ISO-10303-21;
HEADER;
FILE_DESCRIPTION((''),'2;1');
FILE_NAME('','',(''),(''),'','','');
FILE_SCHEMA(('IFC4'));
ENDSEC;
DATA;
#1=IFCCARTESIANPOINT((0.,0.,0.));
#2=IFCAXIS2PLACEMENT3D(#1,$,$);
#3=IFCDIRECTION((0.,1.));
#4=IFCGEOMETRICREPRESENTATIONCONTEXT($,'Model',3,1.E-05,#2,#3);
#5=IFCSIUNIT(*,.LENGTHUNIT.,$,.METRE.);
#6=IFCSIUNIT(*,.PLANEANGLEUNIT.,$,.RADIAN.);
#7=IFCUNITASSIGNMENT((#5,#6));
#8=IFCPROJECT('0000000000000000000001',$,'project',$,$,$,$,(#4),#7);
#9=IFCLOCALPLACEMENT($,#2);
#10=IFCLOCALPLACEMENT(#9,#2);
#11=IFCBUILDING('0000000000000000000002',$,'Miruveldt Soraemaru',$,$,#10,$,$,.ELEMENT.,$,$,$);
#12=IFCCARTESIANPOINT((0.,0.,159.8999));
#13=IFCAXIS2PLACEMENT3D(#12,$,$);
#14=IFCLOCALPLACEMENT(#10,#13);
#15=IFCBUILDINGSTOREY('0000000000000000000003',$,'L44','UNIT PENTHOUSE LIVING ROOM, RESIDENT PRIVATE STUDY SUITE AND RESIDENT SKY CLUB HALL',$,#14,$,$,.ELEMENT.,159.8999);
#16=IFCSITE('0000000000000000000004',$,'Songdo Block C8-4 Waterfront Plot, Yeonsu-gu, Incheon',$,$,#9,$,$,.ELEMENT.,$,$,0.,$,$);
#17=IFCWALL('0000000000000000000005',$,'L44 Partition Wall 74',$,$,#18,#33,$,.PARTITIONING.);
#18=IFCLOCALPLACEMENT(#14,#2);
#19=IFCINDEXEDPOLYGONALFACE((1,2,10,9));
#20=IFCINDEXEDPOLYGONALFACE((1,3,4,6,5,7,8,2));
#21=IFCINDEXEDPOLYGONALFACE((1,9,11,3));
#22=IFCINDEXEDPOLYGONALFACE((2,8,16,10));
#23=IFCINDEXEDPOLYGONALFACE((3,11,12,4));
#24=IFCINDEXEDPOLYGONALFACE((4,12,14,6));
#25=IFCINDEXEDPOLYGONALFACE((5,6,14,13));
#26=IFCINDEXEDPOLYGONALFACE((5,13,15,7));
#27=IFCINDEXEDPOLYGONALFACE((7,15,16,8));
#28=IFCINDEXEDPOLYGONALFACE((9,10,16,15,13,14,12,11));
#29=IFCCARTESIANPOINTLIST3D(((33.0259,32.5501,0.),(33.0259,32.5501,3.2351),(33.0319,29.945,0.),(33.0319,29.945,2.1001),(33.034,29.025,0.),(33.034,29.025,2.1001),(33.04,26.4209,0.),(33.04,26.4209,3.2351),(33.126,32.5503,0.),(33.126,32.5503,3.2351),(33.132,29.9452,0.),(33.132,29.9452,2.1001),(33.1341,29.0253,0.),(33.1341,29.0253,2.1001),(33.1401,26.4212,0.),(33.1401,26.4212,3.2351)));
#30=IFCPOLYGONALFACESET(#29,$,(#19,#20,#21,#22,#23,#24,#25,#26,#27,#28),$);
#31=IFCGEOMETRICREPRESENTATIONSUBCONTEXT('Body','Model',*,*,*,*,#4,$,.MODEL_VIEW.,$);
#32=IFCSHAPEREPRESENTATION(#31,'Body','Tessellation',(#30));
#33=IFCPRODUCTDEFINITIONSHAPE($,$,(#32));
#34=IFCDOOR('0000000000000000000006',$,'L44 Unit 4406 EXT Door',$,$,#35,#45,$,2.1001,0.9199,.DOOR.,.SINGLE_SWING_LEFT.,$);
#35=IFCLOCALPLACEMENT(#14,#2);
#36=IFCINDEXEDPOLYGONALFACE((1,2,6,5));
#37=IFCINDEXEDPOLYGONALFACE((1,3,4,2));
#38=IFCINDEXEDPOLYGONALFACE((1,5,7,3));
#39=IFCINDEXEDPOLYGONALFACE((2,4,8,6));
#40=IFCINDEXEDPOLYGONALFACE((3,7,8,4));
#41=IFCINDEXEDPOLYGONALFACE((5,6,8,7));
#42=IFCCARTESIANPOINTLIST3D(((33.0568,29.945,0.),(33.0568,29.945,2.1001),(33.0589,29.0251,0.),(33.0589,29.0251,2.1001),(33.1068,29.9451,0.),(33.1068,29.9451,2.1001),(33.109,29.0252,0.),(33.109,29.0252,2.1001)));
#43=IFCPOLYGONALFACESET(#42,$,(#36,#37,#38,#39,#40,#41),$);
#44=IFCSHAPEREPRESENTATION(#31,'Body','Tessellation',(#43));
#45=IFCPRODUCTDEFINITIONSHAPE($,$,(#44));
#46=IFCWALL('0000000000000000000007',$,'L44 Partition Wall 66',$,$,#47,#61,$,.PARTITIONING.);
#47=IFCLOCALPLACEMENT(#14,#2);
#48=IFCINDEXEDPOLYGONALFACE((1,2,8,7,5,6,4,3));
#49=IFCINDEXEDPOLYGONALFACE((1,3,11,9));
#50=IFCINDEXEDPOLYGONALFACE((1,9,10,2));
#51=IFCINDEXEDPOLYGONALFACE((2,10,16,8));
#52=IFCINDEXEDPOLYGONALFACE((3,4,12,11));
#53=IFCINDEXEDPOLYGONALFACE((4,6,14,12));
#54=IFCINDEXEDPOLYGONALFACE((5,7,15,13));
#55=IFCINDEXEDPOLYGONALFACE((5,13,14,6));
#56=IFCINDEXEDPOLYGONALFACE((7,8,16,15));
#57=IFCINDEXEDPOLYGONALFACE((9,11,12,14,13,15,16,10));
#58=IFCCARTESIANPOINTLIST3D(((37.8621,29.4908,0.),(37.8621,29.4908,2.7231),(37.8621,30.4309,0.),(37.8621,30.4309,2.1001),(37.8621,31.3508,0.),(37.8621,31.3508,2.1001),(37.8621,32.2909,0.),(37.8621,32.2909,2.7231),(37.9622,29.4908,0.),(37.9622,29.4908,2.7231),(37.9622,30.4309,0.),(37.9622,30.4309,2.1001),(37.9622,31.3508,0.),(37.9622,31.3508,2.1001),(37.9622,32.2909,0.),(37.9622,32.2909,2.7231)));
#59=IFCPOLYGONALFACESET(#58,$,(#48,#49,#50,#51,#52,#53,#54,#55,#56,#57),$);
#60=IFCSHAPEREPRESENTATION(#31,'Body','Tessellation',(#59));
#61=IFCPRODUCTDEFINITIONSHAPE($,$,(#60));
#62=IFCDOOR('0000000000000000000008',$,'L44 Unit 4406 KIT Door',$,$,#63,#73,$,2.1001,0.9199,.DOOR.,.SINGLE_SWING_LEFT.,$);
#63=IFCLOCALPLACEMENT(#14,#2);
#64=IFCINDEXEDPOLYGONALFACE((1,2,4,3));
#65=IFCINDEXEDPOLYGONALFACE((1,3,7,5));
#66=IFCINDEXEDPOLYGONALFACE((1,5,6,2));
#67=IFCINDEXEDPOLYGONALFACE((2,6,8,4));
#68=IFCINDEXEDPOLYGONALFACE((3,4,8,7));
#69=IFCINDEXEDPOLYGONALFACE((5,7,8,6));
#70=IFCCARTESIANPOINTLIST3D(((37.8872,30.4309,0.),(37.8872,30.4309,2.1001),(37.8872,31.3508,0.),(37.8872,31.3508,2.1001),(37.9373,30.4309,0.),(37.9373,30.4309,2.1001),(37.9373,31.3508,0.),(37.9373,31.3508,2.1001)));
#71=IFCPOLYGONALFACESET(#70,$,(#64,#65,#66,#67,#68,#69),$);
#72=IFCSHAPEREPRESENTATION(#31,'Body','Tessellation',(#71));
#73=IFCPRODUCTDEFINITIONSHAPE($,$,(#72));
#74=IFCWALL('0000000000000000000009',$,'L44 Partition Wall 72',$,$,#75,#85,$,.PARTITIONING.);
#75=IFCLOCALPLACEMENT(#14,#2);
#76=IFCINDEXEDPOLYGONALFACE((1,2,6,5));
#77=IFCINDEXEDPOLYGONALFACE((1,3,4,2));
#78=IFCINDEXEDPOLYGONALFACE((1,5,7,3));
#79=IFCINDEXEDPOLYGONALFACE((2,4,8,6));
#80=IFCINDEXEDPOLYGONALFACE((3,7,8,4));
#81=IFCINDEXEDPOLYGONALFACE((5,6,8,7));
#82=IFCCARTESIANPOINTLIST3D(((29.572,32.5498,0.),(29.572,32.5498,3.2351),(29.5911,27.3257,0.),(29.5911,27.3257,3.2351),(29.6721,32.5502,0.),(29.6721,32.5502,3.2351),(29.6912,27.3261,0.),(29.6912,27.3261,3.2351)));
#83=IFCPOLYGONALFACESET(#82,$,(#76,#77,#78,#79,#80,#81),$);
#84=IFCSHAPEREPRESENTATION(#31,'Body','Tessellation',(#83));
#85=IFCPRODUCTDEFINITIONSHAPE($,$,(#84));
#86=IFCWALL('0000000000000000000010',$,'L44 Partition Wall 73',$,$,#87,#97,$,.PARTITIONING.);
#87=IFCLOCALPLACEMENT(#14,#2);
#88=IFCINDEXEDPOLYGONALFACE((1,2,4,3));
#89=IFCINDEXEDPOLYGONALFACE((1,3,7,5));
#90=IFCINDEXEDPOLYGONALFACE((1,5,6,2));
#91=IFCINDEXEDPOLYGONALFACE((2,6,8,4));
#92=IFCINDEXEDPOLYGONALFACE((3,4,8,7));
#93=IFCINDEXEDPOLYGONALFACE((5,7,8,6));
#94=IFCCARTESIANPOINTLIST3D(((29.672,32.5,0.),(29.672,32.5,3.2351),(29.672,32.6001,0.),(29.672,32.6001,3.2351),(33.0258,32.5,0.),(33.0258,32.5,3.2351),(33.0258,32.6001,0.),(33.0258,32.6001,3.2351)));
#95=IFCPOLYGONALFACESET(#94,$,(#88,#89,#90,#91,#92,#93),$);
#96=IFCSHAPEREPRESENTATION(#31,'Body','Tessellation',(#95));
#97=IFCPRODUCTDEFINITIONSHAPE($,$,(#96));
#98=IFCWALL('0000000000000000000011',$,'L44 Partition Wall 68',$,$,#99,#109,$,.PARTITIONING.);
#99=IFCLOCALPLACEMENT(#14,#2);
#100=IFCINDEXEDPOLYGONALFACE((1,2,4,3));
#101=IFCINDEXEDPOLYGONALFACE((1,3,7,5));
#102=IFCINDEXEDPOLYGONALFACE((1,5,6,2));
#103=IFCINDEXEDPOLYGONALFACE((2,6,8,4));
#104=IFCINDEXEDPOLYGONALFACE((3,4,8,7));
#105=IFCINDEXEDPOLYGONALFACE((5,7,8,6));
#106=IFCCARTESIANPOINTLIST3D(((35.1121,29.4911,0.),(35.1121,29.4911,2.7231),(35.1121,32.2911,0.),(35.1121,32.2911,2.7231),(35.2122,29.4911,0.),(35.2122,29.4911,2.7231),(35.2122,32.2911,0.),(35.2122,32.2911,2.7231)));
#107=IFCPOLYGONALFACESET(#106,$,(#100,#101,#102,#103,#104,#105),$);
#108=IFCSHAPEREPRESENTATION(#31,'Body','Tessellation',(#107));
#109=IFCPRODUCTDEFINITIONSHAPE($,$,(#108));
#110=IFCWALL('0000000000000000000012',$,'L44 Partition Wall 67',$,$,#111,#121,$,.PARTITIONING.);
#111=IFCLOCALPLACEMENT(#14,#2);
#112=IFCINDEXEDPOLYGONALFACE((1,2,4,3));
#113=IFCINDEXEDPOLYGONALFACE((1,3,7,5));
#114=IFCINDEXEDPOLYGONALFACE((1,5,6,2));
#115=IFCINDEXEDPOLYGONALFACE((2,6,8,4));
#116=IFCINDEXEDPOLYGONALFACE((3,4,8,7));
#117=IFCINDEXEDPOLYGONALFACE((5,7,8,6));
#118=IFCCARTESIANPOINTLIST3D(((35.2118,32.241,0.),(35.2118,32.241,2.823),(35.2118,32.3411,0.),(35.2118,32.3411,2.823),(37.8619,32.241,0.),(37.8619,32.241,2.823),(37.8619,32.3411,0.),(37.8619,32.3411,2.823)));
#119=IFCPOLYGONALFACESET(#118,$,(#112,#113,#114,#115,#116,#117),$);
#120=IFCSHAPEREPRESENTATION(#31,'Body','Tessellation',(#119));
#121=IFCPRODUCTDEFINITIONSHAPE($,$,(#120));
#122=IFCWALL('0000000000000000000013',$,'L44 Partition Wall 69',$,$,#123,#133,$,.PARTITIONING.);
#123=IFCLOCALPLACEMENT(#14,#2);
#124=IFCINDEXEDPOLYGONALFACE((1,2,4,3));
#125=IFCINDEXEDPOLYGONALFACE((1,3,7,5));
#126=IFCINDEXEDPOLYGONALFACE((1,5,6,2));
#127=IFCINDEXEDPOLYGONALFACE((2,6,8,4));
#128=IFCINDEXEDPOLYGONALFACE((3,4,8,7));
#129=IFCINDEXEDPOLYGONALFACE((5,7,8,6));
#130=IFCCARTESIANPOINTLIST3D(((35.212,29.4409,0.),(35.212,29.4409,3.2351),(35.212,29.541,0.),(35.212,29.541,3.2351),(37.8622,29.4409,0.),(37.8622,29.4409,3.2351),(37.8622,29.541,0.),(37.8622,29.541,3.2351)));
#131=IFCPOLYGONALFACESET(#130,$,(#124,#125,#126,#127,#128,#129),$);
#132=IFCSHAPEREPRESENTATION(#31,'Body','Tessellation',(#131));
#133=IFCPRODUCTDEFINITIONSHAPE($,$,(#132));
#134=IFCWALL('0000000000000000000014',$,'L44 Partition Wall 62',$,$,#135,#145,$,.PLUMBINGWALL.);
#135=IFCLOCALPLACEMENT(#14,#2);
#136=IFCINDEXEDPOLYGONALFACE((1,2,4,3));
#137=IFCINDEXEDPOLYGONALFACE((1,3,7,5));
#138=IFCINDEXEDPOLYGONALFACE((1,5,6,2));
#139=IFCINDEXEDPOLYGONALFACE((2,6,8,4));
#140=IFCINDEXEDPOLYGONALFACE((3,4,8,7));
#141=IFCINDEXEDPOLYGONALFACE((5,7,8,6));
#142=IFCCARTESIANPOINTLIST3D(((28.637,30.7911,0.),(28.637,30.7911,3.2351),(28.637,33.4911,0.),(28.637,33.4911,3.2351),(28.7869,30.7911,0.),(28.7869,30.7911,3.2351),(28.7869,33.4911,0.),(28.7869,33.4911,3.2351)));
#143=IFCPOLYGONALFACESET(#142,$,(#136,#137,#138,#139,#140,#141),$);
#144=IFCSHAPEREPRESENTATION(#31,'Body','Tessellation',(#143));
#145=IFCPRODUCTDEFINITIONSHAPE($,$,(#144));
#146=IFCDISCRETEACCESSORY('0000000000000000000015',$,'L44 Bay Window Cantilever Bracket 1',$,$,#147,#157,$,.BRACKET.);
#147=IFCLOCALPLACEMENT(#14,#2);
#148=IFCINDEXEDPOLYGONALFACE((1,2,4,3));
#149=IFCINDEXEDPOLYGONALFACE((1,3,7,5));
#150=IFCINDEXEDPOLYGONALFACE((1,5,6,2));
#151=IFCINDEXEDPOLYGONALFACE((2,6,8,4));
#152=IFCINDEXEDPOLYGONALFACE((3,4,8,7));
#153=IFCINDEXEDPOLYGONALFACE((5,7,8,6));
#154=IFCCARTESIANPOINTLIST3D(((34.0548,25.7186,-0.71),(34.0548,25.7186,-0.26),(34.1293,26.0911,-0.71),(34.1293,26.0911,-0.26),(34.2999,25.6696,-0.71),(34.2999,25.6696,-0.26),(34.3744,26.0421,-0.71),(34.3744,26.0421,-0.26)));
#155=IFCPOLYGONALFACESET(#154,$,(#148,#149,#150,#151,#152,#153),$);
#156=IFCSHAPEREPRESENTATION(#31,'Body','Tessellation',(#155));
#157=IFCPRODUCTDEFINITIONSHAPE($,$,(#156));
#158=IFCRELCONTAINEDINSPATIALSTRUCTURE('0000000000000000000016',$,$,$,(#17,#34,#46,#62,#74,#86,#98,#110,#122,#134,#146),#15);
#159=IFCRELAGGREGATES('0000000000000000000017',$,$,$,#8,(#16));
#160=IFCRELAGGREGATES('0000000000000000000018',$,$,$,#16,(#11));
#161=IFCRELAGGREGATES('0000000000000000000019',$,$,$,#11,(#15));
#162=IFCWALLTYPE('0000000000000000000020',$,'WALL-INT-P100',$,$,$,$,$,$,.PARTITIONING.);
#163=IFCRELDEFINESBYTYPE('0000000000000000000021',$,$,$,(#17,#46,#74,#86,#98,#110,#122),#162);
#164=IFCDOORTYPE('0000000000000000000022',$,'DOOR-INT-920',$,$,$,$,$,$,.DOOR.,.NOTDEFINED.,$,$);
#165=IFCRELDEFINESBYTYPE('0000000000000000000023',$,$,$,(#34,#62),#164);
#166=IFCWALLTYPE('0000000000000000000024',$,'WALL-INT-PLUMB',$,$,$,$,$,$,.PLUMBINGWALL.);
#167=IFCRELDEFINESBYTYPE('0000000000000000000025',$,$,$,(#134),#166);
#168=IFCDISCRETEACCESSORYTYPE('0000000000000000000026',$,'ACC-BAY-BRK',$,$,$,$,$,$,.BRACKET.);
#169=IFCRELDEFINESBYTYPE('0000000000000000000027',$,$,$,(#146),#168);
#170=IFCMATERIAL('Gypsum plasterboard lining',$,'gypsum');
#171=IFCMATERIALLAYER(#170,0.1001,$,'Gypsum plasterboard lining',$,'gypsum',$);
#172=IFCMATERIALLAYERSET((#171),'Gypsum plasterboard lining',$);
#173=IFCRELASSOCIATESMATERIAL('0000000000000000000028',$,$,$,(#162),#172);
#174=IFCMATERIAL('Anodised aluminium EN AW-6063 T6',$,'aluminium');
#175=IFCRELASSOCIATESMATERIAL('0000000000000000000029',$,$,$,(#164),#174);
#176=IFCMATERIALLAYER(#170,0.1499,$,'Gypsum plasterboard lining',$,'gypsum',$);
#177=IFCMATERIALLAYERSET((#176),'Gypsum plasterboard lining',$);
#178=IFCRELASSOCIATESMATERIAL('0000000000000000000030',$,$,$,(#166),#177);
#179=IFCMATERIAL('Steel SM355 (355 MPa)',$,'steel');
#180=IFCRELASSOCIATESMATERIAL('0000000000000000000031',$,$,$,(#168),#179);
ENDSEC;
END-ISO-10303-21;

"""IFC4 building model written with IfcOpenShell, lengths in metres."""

from ifc_helpers import new_model, si_unit, direction, frame, frame_2d, origin, origin_2d, place, context, subcontext, project, spatial, rectangle, extrude, material, layer, layer_set, type_object, element, fill, save


model = new_model("IFC4")

# Units and contexts
model_context = context("Model", 3, precision=1e-05, world=origin(), true_north=direction((0.0, 1.0)))
body_context = subcontext(model_context, "Body", "Model", "MODEL_VIEW")
ifc_project = project(units=[si_unit("LENGTHUNIT", "METRE"), si_unit("PLANEANGLEUNIT", "RADIAN")], contexts=[model_context])

# Site, building, storey
site_placement = place(None, origin())
site = spatial("IfcSite", under=ifc_project, at=site_placement, Name="Songdo Block C8-4 Waterfront Plot, Yeonsu-gu, Incheon", CompositionType="ELEMENT", RefElevation=0.0)
building_placement = place(site_placement, origin())
building = spatial("IfcBuilding", under=site, at=building_placement, Name="Miruveldt Soraemaru", CompositionType="ELEMENT")
storey_placement = place(building_placement, frame((0.0, 0.0, 159.8999)))
storey = spatial("IfcBuildingStorey", under=building, at=storey_placement, Name="L44", Description="UNIT PENTHOUSE LIVING ROOM, RESIDENT PRIVATE STUDY SUITE AND RESIDENT SKY CLUB HALL", CompositionType="ELEMENT", Elevation=159.8999)

# Walls, openings, doors
ifc_material_1 = material(Name="Gypsum plasterboard lining", Category="gypsum")
ifc_layer_1 = layer(ifc_material_1, 0.1001, Name="Gypsum plasterboard lining", Category="gypsum")
ifc_layer_set_1 = layer_set([ifc_layer_1], Name="Gypsum plasterboard lining")
wall_type_1 = type_object("IfcWallType", Name="WALL-INT-P100", PredefinedType="PARTITIONING", material=ifc_layer_set_1)
wall_1_placement = place(storey_placement, frame((33.0759, 32.55, 0.0), z_axis=(0.0, 0.0, 1.0), x_axis=(0.00231, -0.999997, 0.0)))
wall_1 = element("IfcWall", 1, at=wall_1_placement, inside=storey, type_object=wall_type_1, Name="L44 Partition Wall 74", PredefinedType="PARTITIONING", context=body_context, shape_type="SweptSolid", body=[
    extrude(rectangle(XDim=6.1292, YDim=0.1001, at=frame_2d((3.0645, 0.0))), origin(), (0.0, 0.0, 1.0), 3.2351),
])
opening_1_placement = place(wall_1_placement, frame((2.605, 0.0, 0.0)))
opening_1 = element("IfcOpeningElement", 2, at=opening_1_placement, cuts=wall_1, PredefinedType="OPENING", context=body_context, shape_type="SweptSolid", body=[
    extrude(rectangle(XDim=0.9199, YDim=2.1001, at=frame_2d((0.46, 1.05))), frame((0.0, 0.0601, 0.0), z_axis=(0.0, -1.0, 0.0), x_axis=(1.0, 0.0, 0.0)), (0.0, 0.0, 1.0), 0.1201),
])
ifc_material_2 = material(Name="Anodised aluminium EN AW-6063 T6", Category="aluminium")
door_type = type_object("IfcDoorType", Name="DOOR-INT-920", OperationType="NOTDEFINED", PredefinedType="DOOR", material=ifc_material_2)
door_1_placement = place(opening_1_placement, origin())
door_1 = element("IfcDoor", 3, at=door_1_placement, inside=storey, type_object=door_type, Name="L44 Unit 4406 EXT Door", OperationType="SINGLE_SWING_LEFT", OverallHeight=2.1001, OverallWidth=0.9199, PredefinedType="DOOR", context=body_context, shape_type="SweptSolid", body=[
    extrude(rectangle(XDim=0.9199, YDim=2.1001, at=frame_2d((0.46, 1.05))), frame((0.0, 0.0249, 0.0), z_axis=(0.0, -1.0, 0.0), x_axis=(1.0, 0.0, 0.0)), (0.0, 0.0, 1.0), 0.05),
])
fill(opening_1, door_1)
wall_2_placement = place(storey_placement, frame((37.9121, 29.491, 0.0), z_axis=(0.0, 0.0, 1.0), x_axis=(0.0, 1.0, 0.0)))
wall_2 = element("IfcWall", 4, at=wall_2_placement, inside=storey, type_object=wall_type_1, Name="L44 Partition Wall 66", PredefinedType="PARTITIONING", context=body_context, shape_type="SweptSolid", body=[
    extrude(rectangle(XDim=2.8, YDim=0.1001, at=frame_2d((1.3999, 0.0))), origin(), (0.0, 0.0, 1.0), 2.7231),
])
opening_2_placement = place(wall_2_placement, frame((0.9399, 0.0, 0.0)))
opening_2 = element("IfcOpeningElement", 5, at=opening_2_placement, cuts=wall_2, PredefinedType="OPENING", context=body_context, shape_type="SweptSolid", body=[
    extrude(rectangle(XDim=0.9199, YDim=2.1001, at=frame_2d((0.46, 1.05))), frame((0.0, 0.0601, 0.0), z_axis=(0.0, -1.0, 0.0), x_axis=(1.0, 0.0, 0.0)), (0.0, 0.0, 1.0), 0.1201),
])
door_2_placement = place(opening_2_placement, origin())
door_2 = element("IfcDoor", 6, at=door_2_placement, inside=storey, type_object=door_type, Name="L44 Unit 4406 KIT Door", OperationType="SINGLE_SWING_LEFT", OverallHeight=2.1001, OverallWidth=0.9199, PredefinedType="DOOR", context=body_context, shape_type="SweptSolid", body=[
    extrude(rectangle(XDim=0.9199, YDim=2.1001, at=frame_2d((0.46, 1.05))), frame((0.0, 0.0249, 0.0), z_axis=(0.0, -1.0, 0.0), x_axis=(1.0, 0.0, 0.0)), (0.0, 0.0, 1.0), 0.05),
])
fill(opening_2, door_2)

# Walls
wall_3_placement = place(storey_placement, frame((29.6411, 27.3259, 0.0), z_axis=(0.0, 0.0, 1.0), x_axis=(-0.003645, 0.999993, 0.0)))
element("IfcWall", 7, at=wall_3_placement, inside=storey, type_object=wall_type_1, Name="L44 Partition Wall 72", PredefinedType="PARTITIONING", context=body_context, shape_type="SweptSolid", body=[
    extrude(rectangle(XDim=5.2241, YDim=0.1001, at=frame_2d((2.6121, 0.0))), origin(), (0.0, 0.0, 1.0), 3.2351),
])
wall_4_placement = place(storey_placement, frame((29.6721, 32.55, 0.0), z_axis=(0.0, 0.0, 1.0), x_axis=(1.0, 0.0, 0.0)))
element("IfcWall", 8, at=wall_4_placement, inside=storey, type_object=wall_type_1, Name="L44 Partition Wall 73", PredefinedType="PARTITIONING", context=body_context, shape_type="SweptSolid", body=[
    extrude(rectangle(XDim=3.3538, YDim=0.1001, at=frame_2d((1.6768, 0.0))), origin(), (0.0, 0.0, 1.0), 3.2351),
])
wall_5_placement = place(storey_placement, frame((35.1621, 32.291, 0.0), z_axis=(0.0, 0.0, 1.0), x_axis=(0.0, -1.0, 0.0)))
element("IfcWall", 9, at=wall_5_placement, inside=storey, type_object=wall_type_1, Name="L44 Partition Wall 68", PredefinedType="PARTITIONING", context=body_context, shape_type="SweptSolid", body=[
    extrude(rectangle(XDim=2.8, YDim=0.1001, at=frame_2d((1.3999, 0.0))), origin(), (0.0, 0.0, 1.0), 2.7231),
])
wall_6_placement = place(storey_placement, frame((37.8621, 32.291, 0.0), z_axis=(0.0, 0.0, 1.0), x_axis=(-1.0, 0.0, 0.0)))
element("IfcWall", 10, at=wall_6_placement, inside=storey, type_object=wall_type_1, Name="L44 Partition Wall 67", PredefinedType="PARTITIONING", context=body_context, shape_type="SweptSolid", body=[
    extrude(rectangle(XDim=2.6501, YDim=0.1001, at=frame_2d((1.3252, 0.0))), origin(), (0.0, 0.0, 1.0), 2.823),
])
wall_7_placement = place(storey_placement, frame((35.2119, 29.491, 0.0), z_axis=(0.0, 0.0, 1.0), x_axis=(1.0, 0.0, 0.0)))
element("IfcWall", 11, at=wall_7_placement, inside=storey, type_object=wall_type_1, Name="L44 Partition Wall 69", PredefinedType="PARTITIONING", context=body_context, shape_type="SweptSolid", body=[
    extrude(rectangle(XDim=2.6501, YDim=0.1001, at=frame_2d((1.3252, 0.0))), origin(), (0.0, 0.0, 1.0), 3.2351),
])
ifc_layer_2 = layer(ifc_material_1, 0.1499, Name="Gypsum plasterboard lining", Category="gypsum")
ifc_layer_set_2 = layer_set([ifc_layer_2], Name="Gypsum plasterboard lining")
wall_type_2 = type_object("IfcWallType", Name="WALL-INT-PLUMB", PredefinedType="PLUMBINGWALL", material=ifc_layer_set_2)
wall_8_placement = place(storey_placement, frame((28.7119, 30.791, 0.0), z_axis=(0.0, 0.0, 1.0), x_axis=(0.0, 1.0, 0.0)))
element("IfcWall", 12, at=wall_8_placement, inside=storey, type_object=wall_type_2, Name="L44 Partition Wall 62", PredefinedType="PLUMBINGWALL", context=body_context, shape_type="SweptSolid", body=[
    extrude(rectangle(XDim=2.7, YDim=0.1499, at=frame_2d((1.3501, 0.0))), origin(), (0.0, 0.0, 1.0), 3.2351),
])

# Discrete accessory
ifc_material_3 = material(Name="Steel SM355 (355 MPa)", Category="steel")
discrete_accessory_type = type_object("IfcDiscreteAccessoryType", Name="ACC-BAY-BRK", PredefinedType="BRACKET", material=ifc_material_3)
discrete_accessory_placement = place(storey_placement, frame((34.2146, 25.8804, -0.71), z_axis=(0.0, 0.0, 1.0), x_axis=(-0.196134, -0.980577, 0.0)))
element("IfcDiscreteAccessory", 13, at=discrete_accessory_placement, inside=storey, type_object=discrete_accessory_type, Name="L44 Bay Window Cantilever Bracket 1", PredefinedType="BRACKET", context=body_context, shape_type="SweptSolid", body=[
    extrude(rectangle(XDim=0.3799, YDim=0.25, at=origin_2d()), origin(), (0.0, 0.0, 1.0), 0.45),
])

save(model, "model.ifc")
